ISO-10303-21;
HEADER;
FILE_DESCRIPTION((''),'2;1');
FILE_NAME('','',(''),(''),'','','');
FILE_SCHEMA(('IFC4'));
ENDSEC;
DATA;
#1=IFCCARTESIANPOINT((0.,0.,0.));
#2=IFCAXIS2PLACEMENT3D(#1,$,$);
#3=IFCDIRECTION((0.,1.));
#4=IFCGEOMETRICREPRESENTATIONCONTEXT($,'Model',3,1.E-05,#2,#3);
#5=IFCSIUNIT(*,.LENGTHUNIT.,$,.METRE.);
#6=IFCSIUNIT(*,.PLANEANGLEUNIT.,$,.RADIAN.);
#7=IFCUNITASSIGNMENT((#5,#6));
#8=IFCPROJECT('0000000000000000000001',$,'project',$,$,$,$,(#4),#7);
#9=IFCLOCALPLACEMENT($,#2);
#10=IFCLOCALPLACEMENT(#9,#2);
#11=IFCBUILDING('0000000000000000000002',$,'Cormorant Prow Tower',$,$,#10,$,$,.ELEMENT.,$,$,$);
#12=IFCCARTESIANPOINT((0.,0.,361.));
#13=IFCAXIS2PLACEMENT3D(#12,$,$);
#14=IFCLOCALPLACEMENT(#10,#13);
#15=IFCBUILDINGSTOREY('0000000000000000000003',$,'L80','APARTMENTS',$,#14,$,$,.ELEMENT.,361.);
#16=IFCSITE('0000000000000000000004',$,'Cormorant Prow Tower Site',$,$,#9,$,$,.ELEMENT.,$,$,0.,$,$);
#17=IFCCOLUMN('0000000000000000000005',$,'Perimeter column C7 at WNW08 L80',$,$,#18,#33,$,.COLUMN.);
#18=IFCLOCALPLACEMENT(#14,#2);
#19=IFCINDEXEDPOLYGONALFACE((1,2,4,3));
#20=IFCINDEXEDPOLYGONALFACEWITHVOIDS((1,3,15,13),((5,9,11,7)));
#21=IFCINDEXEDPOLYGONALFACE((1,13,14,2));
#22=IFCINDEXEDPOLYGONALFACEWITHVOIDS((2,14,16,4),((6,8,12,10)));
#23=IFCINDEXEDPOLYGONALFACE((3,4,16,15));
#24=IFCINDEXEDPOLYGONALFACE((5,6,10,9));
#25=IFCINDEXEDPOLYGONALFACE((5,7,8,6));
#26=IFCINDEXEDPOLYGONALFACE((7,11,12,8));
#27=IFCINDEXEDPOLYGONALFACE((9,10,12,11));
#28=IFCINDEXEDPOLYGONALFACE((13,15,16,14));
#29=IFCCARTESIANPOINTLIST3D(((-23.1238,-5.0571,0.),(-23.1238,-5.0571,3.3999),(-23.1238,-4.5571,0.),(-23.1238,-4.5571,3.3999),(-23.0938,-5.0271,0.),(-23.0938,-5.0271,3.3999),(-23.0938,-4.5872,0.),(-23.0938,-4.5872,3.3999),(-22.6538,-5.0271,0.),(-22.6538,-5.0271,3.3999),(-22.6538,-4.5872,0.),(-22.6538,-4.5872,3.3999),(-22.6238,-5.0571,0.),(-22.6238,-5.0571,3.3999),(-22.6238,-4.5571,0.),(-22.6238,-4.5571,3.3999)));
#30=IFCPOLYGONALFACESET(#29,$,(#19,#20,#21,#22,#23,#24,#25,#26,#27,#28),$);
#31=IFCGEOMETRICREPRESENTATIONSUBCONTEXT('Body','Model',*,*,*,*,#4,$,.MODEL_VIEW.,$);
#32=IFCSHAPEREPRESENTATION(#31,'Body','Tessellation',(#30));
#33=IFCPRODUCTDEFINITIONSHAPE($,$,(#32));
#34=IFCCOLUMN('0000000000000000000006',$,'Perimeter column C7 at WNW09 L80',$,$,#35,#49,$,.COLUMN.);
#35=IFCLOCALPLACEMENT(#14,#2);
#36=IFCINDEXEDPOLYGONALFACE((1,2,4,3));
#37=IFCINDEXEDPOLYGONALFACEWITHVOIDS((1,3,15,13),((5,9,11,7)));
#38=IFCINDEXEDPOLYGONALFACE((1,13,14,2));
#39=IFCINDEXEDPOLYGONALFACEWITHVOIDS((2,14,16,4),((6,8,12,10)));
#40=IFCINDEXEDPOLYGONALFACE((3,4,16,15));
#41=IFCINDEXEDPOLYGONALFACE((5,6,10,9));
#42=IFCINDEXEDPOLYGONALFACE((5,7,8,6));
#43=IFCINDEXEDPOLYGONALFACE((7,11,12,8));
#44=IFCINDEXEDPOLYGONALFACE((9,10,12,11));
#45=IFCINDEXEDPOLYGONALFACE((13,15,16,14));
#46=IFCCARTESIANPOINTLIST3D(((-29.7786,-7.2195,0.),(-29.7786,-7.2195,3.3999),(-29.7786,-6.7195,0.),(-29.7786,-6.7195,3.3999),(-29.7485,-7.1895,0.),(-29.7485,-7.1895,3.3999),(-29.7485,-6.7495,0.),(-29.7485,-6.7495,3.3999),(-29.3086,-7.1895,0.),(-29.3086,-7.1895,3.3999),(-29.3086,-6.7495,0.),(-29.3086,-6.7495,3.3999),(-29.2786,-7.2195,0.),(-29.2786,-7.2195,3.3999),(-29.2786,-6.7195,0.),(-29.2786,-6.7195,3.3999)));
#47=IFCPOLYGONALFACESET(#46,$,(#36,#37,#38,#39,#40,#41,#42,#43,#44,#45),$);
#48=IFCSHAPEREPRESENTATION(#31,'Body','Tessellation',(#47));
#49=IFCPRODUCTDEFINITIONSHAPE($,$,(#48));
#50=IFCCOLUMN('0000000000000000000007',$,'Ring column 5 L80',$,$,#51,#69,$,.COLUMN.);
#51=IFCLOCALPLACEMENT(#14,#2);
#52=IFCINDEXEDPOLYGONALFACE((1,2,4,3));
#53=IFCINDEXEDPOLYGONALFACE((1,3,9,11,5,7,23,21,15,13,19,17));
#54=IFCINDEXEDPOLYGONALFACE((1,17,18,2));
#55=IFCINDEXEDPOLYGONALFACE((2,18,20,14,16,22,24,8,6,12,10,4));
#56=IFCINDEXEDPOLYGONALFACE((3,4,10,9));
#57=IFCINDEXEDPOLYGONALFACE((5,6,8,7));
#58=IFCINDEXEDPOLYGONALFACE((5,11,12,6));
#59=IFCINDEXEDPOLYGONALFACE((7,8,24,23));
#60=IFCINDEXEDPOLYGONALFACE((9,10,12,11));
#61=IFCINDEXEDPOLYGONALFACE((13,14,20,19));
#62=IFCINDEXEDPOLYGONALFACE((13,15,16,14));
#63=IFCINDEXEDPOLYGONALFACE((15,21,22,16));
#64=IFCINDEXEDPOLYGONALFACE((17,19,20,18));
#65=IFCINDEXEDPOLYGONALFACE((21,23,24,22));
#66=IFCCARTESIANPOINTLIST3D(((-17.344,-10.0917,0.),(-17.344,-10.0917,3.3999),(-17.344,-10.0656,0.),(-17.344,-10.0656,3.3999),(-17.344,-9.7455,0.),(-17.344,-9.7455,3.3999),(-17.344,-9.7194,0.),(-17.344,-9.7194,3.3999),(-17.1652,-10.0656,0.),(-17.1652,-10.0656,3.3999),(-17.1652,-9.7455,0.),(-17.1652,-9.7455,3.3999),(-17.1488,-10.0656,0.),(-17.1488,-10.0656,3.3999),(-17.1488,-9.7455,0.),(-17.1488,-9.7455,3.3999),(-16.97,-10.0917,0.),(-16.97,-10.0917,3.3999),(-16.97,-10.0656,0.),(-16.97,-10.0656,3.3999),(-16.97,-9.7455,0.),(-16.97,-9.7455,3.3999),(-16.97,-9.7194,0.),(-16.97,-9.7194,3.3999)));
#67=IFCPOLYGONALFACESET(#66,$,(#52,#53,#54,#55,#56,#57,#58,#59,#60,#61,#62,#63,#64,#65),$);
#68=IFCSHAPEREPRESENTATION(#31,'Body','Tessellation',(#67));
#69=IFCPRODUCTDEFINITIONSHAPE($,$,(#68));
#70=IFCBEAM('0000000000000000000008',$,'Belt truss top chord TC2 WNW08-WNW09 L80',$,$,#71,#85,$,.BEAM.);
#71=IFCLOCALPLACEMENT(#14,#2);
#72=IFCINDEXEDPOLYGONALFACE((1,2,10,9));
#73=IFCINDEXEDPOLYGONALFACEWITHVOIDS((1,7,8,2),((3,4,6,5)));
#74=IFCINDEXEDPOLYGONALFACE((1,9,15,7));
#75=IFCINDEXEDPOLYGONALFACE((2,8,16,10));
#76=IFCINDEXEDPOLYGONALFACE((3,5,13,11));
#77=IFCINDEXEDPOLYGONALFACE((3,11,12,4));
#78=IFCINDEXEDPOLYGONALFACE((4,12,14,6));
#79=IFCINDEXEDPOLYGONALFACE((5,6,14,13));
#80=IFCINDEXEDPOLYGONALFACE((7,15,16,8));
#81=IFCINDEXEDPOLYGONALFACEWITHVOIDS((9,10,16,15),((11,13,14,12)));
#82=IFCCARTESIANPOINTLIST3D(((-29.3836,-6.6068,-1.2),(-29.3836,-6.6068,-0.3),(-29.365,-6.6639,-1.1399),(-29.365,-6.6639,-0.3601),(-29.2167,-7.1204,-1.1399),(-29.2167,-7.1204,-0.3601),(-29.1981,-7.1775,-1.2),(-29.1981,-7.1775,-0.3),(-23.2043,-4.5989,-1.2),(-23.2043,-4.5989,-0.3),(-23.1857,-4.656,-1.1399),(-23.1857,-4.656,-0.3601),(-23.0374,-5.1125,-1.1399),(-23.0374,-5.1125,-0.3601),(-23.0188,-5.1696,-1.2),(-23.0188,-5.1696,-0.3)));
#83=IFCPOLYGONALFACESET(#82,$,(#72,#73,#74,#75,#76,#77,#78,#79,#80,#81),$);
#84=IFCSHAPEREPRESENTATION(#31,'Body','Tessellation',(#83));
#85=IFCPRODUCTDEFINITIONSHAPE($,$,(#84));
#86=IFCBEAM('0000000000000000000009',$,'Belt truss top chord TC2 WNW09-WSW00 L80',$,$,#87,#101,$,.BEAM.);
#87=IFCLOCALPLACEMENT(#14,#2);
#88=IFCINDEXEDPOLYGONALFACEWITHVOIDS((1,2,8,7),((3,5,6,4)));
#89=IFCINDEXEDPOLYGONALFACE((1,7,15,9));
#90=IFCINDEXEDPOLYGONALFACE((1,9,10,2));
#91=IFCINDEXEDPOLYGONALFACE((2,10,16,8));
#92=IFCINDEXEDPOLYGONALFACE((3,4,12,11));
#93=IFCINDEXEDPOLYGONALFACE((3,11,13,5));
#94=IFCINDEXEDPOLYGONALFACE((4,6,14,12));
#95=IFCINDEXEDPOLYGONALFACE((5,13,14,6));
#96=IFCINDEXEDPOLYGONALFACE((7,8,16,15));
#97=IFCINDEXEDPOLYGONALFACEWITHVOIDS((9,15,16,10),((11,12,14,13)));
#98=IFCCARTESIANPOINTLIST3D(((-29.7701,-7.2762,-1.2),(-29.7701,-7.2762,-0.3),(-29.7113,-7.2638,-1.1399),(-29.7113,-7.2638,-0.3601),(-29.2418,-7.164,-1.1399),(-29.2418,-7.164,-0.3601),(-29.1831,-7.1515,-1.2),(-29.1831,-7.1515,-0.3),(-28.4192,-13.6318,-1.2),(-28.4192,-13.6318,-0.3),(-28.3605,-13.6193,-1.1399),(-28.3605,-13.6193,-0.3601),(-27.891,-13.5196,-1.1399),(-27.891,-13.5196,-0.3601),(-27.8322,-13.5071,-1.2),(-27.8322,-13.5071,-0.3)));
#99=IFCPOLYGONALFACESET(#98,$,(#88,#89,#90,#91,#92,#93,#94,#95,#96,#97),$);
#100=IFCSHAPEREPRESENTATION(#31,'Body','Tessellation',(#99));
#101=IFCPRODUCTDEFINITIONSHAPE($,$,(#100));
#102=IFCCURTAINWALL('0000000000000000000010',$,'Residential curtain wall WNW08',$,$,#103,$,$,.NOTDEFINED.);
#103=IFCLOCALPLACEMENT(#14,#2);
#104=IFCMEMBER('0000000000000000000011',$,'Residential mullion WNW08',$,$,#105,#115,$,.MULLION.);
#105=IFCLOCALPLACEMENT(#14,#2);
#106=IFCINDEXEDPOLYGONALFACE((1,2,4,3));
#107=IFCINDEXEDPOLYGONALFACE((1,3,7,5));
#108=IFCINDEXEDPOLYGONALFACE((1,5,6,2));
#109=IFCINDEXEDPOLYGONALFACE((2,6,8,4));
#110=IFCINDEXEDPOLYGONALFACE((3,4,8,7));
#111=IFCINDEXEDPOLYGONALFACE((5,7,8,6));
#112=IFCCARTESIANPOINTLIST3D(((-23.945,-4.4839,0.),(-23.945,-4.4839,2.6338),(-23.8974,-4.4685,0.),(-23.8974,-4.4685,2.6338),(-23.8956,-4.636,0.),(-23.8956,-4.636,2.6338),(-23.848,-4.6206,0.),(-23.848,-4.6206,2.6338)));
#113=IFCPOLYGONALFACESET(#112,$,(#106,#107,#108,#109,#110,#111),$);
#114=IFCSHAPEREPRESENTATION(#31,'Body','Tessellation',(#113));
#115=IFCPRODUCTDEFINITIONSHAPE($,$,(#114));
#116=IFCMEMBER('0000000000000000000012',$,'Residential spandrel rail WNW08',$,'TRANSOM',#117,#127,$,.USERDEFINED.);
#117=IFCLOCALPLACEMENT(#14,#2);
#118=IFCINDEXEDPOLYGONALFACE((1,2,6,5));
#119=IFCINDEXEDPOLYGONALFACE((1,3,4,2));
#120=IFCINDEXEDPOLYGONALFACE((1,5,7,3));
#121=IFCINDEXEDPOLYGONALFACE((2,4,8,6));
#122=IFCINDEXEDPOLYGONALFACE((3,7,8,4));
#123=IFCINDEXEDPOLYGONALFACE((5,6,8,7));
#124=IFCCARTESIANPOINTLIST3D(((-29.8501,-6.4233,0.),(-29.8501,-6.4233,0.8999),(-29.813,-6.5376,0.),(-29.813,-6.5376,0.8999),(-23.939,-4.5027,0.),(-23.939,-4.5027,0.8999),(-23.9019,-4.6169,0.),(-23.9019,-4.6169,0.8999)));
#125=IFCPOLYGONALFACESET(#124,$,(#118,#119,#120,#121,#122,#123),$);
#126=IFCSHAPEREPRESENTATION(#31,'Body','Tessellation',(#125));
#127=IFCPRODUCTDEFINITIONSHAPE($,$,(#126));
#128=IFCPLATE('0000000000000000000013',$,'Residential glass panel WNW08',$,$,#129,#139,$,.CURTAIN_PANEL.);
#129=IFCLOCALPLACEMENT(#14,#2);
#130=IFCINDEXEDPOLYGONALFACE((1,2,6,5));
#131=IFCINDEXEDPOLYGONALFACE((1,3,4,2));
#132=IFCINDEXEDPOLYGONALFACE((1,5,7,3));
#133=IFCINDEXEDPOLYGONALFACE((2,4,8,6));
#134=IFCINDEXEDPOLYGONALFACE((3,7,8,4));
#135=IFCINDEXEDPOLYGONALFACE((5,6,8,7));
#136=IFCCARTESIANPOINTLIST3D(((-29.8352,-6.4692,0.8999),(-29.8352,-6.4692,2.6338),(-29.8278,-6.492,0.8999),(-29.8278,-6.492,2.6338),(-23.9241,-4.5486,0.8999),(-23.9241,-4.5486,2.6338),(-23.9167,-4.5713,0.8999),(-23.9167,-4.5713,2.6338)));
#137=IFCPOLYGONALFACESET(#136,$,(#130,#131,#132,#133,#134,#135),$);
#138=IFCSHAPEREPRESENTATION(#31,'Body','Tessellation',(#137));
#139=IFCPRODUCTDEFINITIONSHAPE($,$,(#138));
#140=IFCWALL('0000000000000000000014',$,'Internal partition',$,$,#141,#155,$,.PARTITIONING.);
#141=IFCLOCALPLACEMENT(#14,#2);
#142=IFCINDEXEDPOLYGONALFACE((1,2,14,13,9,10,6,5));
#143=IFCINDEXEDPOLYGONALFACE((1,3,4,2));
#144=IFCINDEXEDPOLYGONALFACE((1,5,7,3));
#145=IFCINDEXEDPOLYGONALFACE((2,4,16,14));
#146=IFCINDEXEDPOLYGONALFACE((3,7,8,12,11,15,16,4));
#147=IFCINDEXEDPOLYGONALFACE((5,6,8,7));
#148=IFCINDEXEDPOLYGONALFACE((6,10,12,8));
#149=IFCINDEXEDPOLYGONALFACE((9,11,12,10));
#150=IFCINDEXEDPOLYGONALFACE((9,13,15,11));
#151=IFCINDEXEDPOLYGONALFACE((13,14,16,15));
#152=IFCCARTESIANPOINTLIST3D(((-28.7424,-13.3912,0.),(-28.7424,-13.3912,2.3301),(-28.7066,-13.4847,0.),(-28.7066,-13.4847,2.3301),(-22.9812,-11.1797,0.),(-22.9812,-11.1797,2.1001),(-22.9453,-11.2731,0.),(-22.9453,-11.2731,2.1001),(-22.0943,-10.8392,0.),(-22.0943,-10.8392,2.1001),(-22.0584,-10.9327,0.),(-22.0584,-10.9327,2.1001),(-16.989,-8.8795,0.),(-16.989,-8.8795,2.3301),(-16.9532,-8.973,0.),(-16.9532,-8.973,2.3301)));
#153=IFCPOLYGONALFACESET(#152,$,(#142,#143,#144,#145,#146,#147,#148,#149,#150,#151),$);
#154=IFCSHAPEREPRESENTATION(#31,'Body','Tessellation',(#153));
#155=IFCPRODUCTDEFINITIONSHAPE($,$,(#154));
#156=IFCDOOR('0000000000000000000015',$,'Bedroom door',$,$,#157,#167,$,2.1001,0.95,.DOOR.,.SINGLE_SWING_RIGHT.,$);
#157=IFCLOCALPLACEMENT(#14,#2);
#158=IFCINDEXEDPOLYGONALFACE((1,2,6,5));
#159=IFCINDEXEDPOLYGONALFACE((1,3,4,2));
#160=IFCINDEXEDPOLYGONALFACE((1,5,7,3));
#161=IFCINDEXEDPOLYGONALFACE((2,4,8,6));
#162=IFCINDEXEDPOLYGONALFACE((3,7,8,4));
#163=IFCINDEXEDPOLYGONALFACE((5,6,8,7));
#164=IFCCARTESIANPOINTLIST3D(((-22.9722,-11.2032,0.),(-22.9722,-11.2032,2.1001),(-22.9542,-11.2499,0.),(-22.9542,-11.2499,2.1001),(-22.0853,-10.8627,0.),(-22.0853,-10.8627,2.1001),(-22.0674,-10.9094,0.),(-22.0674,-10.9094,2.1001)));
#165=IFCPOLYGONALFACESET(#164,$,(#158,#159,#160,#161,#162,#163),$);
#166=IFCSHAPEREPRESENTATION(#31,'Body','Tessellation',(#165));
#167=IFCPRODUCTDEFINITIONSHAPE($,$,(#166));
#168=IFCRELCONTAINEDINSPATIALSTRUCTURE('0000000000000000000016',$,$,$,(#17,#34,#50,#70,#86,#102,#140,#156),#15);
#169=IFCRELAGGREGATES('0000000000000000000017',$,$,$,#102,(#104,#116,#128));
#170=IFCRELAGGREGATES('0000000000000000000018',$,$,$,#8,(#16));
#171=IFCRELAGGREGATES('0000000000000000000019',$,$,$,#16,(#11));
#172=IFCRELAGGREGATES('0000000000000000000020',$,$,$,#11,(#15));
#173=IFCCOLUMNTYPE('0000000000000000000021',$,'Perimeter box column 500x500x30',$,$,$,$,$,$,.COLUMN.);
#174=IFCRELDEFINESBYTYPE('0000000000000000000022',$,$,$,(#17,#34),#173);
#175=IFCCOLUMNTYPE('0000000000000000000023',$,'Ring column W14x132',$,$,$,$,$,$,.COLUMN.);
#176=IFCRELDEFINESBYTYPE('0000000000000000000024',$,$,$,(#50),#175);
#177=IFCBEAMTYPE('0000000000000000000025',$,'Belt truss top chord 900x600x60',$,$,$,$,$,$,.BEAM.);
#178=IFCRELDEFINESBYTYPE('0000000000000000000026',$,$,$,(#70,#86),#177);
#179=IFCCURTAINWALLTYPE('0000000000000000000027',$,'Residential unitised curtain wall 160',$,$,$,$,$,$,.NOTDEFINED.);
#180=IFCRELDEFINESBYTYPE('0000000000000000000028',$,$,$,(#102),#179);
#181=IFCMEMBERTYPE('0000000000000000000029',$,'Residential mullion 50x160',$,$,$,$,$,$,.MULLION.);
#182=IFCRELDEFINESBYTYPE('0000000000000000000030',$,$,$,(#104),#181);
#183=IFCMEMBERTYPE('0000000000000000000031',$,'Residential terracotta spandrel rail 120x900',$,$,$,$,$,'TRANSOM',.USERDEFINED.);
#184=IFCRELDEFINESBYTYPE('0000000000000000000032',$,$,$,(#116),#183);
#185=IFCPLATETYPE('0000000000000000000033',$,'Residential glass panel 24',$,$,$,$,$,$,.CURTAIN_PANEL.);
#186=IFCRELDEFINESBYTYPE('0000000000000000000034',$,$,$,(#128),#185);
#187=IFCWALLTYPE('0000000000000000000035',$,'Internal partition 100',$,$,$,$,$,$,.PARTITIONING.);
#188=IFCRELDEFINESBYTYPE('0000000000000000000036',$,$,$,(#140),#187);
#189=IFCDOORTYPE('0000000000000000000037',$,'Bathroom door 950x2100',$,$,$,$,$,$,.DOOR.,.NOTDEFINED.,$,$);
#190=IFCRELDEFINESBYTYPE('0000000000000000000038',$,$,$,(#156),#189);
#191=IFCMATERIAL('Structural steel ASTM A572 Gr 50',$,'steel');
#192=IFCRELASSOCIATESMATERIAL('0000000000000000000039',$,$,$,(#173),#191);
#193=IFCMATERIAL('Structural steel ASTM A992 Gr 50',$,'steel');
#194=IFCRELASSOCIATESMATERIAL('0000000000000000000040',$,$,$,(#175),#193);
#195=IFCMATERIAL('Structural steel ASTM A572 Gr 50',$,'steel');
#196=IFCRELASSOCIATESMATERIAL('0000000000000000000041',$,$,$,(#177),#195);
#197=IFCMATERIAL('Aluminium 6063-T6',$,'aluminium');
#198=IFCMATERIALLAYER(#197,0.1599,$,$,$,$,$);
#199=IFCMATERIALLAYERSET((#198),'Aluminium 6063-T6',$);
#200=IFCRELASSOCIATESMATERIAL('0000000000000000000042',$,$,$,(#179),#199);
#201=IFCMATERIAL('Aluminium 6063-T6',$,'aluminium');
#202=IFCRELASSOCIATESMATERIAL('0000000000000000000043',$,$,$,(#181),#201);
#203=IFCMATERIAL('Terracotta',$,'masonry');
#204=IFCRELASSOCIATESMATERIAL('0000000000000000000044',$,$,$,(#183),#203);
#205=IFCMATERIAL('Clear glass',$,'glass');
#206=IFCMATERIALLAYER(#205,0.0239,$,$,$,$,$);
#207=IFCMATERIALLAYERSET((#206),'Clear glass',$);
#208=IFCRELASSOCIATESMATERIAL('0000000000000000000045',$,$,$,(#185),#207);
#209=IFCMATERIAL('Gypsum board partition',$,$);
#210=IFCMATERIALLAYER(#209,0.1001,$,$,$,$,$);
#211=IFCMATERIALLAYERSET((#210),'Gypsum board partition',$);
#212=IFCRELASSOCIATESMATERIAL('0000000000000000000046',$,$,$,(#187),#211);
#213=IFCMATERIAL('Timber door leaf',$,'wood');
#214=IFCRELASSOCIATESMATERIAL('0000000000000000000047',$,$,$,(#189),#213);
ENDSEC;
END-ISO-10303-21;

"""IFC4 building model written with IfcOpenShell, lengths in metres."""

from ifc_helpers import new_model, si_unit, direction, frame, frame_2d, origin, origin_2d, place, context, subcontext, project, spatial, rectangle, hollow_rectangle, i_section, extrude, material, layer, layer_set, material_profile, profile_set, type_object, element, fill, aggregate, save


model = new_model("IFC4")

# Units and contexts
model_context = context("Model", 3, precision=1e-05, world=origin(), true_north=direction((0.0, 1.0)))
body_context = subcontext(model_context, "Body", "Model", "MODEL_VIEW")
ifc_project = project(units=[si_unit("LENGTHUNIT", "METRE"), si_unit("PLANEANGLEUNIT", "RADIAN")], contexts=[model_context])

# Site, building, storey
site_placement = place(None, origin())
site = spatial("IfcSite", under=ifc_project, at=site_placement, Name="Cormorant Prow Tower Site", CompositionType="ELEMENT", RefElevation=0.0)
building_placement = place(site_placement, origin())
building = spatial("IfcBuilding", under=site, at=building_placement, Name="Cormorant Prow Tower", CompositionType="ELEMENT")
storey_placement = place(building_placement, frame((0.0, 0.0, 361.0)))
storey = spatial("IfcBuildingStorey", under=building, at=storey_placement, Name="L80", Description="APARTMENTS", CompositionType="ELEMENT", Elevation=361.0)

# Columns
ifc_material_1 = material(Name="Structural steel ASTM A572 Gr 50", Category="steel")
ifc_material_profile_1 = material_profile(ifc_material_1, hollow_rectangle(XDim=0.5, YDim=0.5, WallThickness=0.03, at=origin_2d()), Name="Box 500x500x30")
ifc_profile_set_1 = profile_set([ifc_material_profile_1], Name="Structural steel ASTM A572 Gr 50")
column_type_1 = type_object("IfcColumnType", Name="Perimeter box column 500x500x30", PredefinedType="COLUMN", material=ifc_profile_set_1)
for number, where, z_axis, x_axis, name in (
    (1, (-22.8738, -4.8071, 0.0), (0.0, 0.0, 1.0), (1.0, 0.0, 0.0), "Perimeter column C7 at WNW08 L80"),
    (2, (-29.5286, -6.9695, 0.0), (0.0, 0.0, 1.0), (1.0, 0.0, 0.0), "Perimeter column C7 at WNW09 L80"),
):
    element("IfcColumn", number, at=place(storey_placement, frame(where, z_axis=z_axis, x_axis=x_axis)), inside=storey, type_object=column_type_1, Name=name, PredefinedType="COLUMN", context=body_context, shape_type="SweptSolid", body=[
        extrude(hollow_rectangle(XDim=0.5, YDim=0.5, WallThickness=0.03, at=origin_2d()), origin(), (0.0, 0.0, 1.0), 3.3999),
    ])
ifc_material_2 = material(Name="Structural steel ASTM A992 Gr 50", Category="steel")
ifc_material_profile_2 = material_profile(ifc_material_2, i_section(OverallWidth=0.374, OverallDepth=0.3723, WebThickness=0.0164, FlangeThickness=0.0261, at=origin_2d()), Name="W14x132")
ifc_profile_set_2 = profile_set([ifc_material_profile_2], Name="Structural steel ASTM A992 Gr 50")
column_type_2 = type_object("IfcColumnType", Name="Ring column W14x132", PredefinedType="COLUMN", material=ifc_profile_set_2)
column_placement = place(storey_placement, frame((-17.157, -9.9055, 0.0), z_axis=(0.0, 0.0, 1.0), x_axis=(1.0, 0.0, 0.0)))
element("IfcColumn", 3, at=column_placement, inside=storey, type_object=column_type_2, Name="Ring column 5 L80", PredefinedType="COLUMN", context=body_context, shape_type="SweptSolid", body=[
    extrude(i_section(OverallWidth=0.374, OverallDepth=0.3723, WebThickness=0.0164, FlangeThickness=0.0261, at=origin_2d()), origin(), (0.0, 0.0, 1.0), 3.3999),
])

# Beams
ifc_material_3 = material(Name="Structural steel ASTM A572 Gr 50", Category="steel")
ifc_material_profile_3 = material_profile(ifc_material_3, hollow_rectangle(XDim=0.6001, YDim=0.8999, WallThickness=0.0601, at=origin_2d()), Name="Box 900x600x60")
ifc_profile_set_3 = profile_set([ifc_material_profile_3], Name="Structural steel ASTM A572 Gr 50")
beam_type = type_object("IfcBeamType", Name="Belt truss top chord 900x600x60", PredefinedType="BEAM", material=ifc_profile_set_3)
beam_1_placement = place(storey_placement, frame((-23.1116, -4.8843, -0.75), z_axis=(-0.951053, -0.309027, 0.0), x_axis=(0.309027, -0.951053, 0.0)))
element("IfcBeam", 4, at=beam_1_placement, inside=storey, type_object=beam_type, Name="Belt truss top chord TC2 WNW08-WNW09 L80", PredefinedType="BEAM", context=body_context, shape_type="SweptSolid", body=[
    extrude(hollow_rectangle(XDim=0.6001, YDim=0.8999, WallThickness=0.0601, at=origin_2d()), origin(), (0.0, 0.0, 1.0), 6.4973),
])
beam_2_placement = place(storey_placement, frame((-29.4766, -7.2139, -0.75), z_axis=(0.207902, -0.97815, 0.0), x_axis=(0.97815, 0.207902, 0.0)))
element("IfcBeam", 5, at=beam_2_placement, inside=storey, type_object=beam_type, Name="Belt truss top chord TC2 WNW09-WSW00 L80", PredefinedType="BEAM", context=body_context, shape_type="SweptSolid", body=[
    extrude(hollow_rectangle(XDim=0.6001, YDim=0.8999, WallThickness=0.0601, at=origin_2d()), origin(), (0.0, 0.0, 1.0), 6.4976),
])

# Curtain wall, members, plate
ifc_material_4 = material(Name="Aluminium 6063-T6", Category="aluminium")
ifc_layer_1 = layer(ifc_material_4, 0.1599)
ifc_layer_set_1 = layer_set([ifc_layer_1], Name="Aluminium 6063-T6")
curtain_wall_type = type_object("IfcCurtainWallType", Name="Residential unitised curtain wall 160", PredefinedType="NOTDEFINED", material=ifc_layer_set_1)
curtain_wall_placement = place(storey_placement, origin())
curtain_wall = element("IfcCurtainWall", 6, at=curtain_wall_placement, inside=storey, type_object=curtain_wall_type, Name="Residential curtain wall WNW08", PredefinedType="NOTDEFINED")
ifc_material_5 = material(Name="Aluminium 6063-T6", Category="aluminium")
ifc_material_profile_4 = material_profile(ifc_material_5, rectangle(XDim=0.1599, YDim=0.05, at=origin_2d()), Name="Residential mullion 50x160")
ifc_profile_set_4 = profile_set([ifc_material_profile_4], Name="Aluminium 6063-T6")
member_type_1 = type_object("IfcMemberType", Name="Residential mullion 50x160", PredefinedType="MULLION", material=ifc_profile_set_4)
member_1_placement = place(storey_placement, frame((-23.8965, -4.5522, 0.0), z_axis=(0.0, 0.0, 1.0), x_axis=(0.309017, -0.951057, 0.0)))
member_1 = element("IfcMember", 7, at=member_1_placement, type_object=member_type_1, Name="Residential mullion WNW08", PredefinedType="MULLION", context=body_context, shape_type="SweptSolid", body=[
    extrude(rectangle(XDim=0.1599, YDim=0.05, at=origin_2d()), origin(), (0.0, 0.0, 1.0), 2.6338),
])
ifc_material_6 = material(Name="Terracotta", Category="masonry")
ifc_material_profile_5 = material_profile(ifc_material_6, rectangle(XDim=0.1201, YDim=0.8999, at=origin_2d()), Name="Residential terracotta spandrel rail 120x900")
ifc_profile_set_5 = profile_set([ifc_material_profile_5], Name="Terracotta")
member_type_2 = type_object("IfcMemberType", Name="Residential terracotta spandrel rail 120x900", ElementType="TRANSOM", PredefinedType="USERDEFINED", material=ifc_profile_set_5)
member_2_placement = place(storey_placement, frame((-23.9204, -4.5598, 0.45), z_axis=(-0.951056, -0.309019, 0.0), x_axis=(0.309019, -0.951056, 0.0)))
member_2 = element("IfcMember", 8, at=member_2_placement, type_object=member_type_2, Name="Residential spandrel rail WNW08", ObjectType="TRANSOM", PredefinedType="USERDEFINED", context=body_context, shape_type="SweptSolid", body=[
    extrude(rectangle(XDim=0.1201, YDim=0.8999, at=origin_2d()), origin(), (0.0, 0.0, 1.0), 6.2153),
])
ifc_material_7 = material(Name="Clear glass", Category="glass")
ifc_layer_2 = layer(ifc_material_7, 0.0239)
ifc_layer_set_2 = layer_set([ifc_layer_2], Name="Clear glass")
plate_type = type_object("IfcPlateType", Name="Residential glass panel 24", PredefinedType="CURTAIN_PANEL", material=ifc_layer_set_2)
plate_placement = place(storey_placement, frame((-26.876, -5.5203, 0.8999), z_axis=(0.0, 0.0, 1.0), x_axis=(-0.951057, -0.309017, 0.0)))
plate = element("IfcPlate", 9, at=plate_placement, type_object=plate_type, Name="Residential glass panel WNW08", PredefinedType="CURTAIN_PANEL", context=body_context, shape_type="SweptSolid", body=[
    extrude(rectangle(XDim=6.2153, YDim=0.0239, at=origin_2d()), origin(), (0.0, 0.0, 1.0), 1.7339),
])
aggregate(curtain_wall, [member_1, member_2, plate])

# Wall, opening, door
ifc_material_8 = material(Name="Gypsum board partition")
ifc_layer_3 = layer(ifc_material_8, 0.1001)
ifc_layer_set_3 = layer_set([ifc_layer_3], Name="Gypsum board partition")
wall_type_1 = type_object("IfcWallType", Name="Internal partition 100", PredefinedType="PARTITIONING", material=ifc_layer_set_3)
wall_1_placement = place(storey_placement, frame((-28.7246, -13.438, 0.0), z_axis=(0.0, 0.0, 1.0), x_axis=(0.93358, 0.358368, 0.0)))
wall_1 = element("IfcWall", 10, at=wall_1_placement, inside=storey, type_object=wall_type_1, Name="Internal partition", PredefinedType="PARTITIONING", context=body_context, shape_type="SweptSolid", body=[
    extrude(rectangle(XDim=12.5896, YDim=0.1001, at=frame_2d((6.2949, 0.0))), origin(), (0.0, 0.0, 1.0), 2.3301),
])
opening_1_placement = place(wall_1_placement, frame((6.1711, 0.0, 0.0)))
opening_1 = element("IfcOpeningElement", 11, at=opening_1_placement, cuts=wall_1, PredefinedType="OPENING", context=body_context, shape_type="SweptSolid", body=[
    extrude(rectangle(XDim=0.95, YDim=2.1001, at=frame_2d((0.4751, 1.05))), frame((0.0, 0.0601, 0.0), z_axis=(0.0, -1.0, 0.0), x_axis=(1.0, 0.0, 0.0)), (0.0, 0.0, 1.0), 0.1201),
])
ifc_material_9 = material(Name="Timber door leaf", Category="wood")
door_type_1 = type_object("IfcDoorType", Name="Bathroom door 950x2100", OperationType="NOTDEFINED", PredefinedType="DOOR", material=ifc_material_9)
door_1_placement = place(opening_1_placement, origin())
door_1 = element("IfcDoor", 12, at=door_1_placement, inside=storey, type_object=door_type_1, Name="Bedroom door", OperationType="SINGLE_SWING_RIGHT", OverallHeight=2.1001, OverallWidth=0.95, PredefinedType="DOOR", context=body_context, shape_type="SweptSolid", body=[
    extrude(rectangle(XDim=0.95, YDim=2.1001, at=frame_2d((0.4751, 1.05))), frame((0.0, 0.0249, 0.0), z_axis=(0.0, -1.0, 0.0), x_axis=(1.0, 0.0, 0.0)), (0.0, 0.0, 1.0), 0.05),
])
fill(opening_1, door_1)

save(model, "model.ifc")
